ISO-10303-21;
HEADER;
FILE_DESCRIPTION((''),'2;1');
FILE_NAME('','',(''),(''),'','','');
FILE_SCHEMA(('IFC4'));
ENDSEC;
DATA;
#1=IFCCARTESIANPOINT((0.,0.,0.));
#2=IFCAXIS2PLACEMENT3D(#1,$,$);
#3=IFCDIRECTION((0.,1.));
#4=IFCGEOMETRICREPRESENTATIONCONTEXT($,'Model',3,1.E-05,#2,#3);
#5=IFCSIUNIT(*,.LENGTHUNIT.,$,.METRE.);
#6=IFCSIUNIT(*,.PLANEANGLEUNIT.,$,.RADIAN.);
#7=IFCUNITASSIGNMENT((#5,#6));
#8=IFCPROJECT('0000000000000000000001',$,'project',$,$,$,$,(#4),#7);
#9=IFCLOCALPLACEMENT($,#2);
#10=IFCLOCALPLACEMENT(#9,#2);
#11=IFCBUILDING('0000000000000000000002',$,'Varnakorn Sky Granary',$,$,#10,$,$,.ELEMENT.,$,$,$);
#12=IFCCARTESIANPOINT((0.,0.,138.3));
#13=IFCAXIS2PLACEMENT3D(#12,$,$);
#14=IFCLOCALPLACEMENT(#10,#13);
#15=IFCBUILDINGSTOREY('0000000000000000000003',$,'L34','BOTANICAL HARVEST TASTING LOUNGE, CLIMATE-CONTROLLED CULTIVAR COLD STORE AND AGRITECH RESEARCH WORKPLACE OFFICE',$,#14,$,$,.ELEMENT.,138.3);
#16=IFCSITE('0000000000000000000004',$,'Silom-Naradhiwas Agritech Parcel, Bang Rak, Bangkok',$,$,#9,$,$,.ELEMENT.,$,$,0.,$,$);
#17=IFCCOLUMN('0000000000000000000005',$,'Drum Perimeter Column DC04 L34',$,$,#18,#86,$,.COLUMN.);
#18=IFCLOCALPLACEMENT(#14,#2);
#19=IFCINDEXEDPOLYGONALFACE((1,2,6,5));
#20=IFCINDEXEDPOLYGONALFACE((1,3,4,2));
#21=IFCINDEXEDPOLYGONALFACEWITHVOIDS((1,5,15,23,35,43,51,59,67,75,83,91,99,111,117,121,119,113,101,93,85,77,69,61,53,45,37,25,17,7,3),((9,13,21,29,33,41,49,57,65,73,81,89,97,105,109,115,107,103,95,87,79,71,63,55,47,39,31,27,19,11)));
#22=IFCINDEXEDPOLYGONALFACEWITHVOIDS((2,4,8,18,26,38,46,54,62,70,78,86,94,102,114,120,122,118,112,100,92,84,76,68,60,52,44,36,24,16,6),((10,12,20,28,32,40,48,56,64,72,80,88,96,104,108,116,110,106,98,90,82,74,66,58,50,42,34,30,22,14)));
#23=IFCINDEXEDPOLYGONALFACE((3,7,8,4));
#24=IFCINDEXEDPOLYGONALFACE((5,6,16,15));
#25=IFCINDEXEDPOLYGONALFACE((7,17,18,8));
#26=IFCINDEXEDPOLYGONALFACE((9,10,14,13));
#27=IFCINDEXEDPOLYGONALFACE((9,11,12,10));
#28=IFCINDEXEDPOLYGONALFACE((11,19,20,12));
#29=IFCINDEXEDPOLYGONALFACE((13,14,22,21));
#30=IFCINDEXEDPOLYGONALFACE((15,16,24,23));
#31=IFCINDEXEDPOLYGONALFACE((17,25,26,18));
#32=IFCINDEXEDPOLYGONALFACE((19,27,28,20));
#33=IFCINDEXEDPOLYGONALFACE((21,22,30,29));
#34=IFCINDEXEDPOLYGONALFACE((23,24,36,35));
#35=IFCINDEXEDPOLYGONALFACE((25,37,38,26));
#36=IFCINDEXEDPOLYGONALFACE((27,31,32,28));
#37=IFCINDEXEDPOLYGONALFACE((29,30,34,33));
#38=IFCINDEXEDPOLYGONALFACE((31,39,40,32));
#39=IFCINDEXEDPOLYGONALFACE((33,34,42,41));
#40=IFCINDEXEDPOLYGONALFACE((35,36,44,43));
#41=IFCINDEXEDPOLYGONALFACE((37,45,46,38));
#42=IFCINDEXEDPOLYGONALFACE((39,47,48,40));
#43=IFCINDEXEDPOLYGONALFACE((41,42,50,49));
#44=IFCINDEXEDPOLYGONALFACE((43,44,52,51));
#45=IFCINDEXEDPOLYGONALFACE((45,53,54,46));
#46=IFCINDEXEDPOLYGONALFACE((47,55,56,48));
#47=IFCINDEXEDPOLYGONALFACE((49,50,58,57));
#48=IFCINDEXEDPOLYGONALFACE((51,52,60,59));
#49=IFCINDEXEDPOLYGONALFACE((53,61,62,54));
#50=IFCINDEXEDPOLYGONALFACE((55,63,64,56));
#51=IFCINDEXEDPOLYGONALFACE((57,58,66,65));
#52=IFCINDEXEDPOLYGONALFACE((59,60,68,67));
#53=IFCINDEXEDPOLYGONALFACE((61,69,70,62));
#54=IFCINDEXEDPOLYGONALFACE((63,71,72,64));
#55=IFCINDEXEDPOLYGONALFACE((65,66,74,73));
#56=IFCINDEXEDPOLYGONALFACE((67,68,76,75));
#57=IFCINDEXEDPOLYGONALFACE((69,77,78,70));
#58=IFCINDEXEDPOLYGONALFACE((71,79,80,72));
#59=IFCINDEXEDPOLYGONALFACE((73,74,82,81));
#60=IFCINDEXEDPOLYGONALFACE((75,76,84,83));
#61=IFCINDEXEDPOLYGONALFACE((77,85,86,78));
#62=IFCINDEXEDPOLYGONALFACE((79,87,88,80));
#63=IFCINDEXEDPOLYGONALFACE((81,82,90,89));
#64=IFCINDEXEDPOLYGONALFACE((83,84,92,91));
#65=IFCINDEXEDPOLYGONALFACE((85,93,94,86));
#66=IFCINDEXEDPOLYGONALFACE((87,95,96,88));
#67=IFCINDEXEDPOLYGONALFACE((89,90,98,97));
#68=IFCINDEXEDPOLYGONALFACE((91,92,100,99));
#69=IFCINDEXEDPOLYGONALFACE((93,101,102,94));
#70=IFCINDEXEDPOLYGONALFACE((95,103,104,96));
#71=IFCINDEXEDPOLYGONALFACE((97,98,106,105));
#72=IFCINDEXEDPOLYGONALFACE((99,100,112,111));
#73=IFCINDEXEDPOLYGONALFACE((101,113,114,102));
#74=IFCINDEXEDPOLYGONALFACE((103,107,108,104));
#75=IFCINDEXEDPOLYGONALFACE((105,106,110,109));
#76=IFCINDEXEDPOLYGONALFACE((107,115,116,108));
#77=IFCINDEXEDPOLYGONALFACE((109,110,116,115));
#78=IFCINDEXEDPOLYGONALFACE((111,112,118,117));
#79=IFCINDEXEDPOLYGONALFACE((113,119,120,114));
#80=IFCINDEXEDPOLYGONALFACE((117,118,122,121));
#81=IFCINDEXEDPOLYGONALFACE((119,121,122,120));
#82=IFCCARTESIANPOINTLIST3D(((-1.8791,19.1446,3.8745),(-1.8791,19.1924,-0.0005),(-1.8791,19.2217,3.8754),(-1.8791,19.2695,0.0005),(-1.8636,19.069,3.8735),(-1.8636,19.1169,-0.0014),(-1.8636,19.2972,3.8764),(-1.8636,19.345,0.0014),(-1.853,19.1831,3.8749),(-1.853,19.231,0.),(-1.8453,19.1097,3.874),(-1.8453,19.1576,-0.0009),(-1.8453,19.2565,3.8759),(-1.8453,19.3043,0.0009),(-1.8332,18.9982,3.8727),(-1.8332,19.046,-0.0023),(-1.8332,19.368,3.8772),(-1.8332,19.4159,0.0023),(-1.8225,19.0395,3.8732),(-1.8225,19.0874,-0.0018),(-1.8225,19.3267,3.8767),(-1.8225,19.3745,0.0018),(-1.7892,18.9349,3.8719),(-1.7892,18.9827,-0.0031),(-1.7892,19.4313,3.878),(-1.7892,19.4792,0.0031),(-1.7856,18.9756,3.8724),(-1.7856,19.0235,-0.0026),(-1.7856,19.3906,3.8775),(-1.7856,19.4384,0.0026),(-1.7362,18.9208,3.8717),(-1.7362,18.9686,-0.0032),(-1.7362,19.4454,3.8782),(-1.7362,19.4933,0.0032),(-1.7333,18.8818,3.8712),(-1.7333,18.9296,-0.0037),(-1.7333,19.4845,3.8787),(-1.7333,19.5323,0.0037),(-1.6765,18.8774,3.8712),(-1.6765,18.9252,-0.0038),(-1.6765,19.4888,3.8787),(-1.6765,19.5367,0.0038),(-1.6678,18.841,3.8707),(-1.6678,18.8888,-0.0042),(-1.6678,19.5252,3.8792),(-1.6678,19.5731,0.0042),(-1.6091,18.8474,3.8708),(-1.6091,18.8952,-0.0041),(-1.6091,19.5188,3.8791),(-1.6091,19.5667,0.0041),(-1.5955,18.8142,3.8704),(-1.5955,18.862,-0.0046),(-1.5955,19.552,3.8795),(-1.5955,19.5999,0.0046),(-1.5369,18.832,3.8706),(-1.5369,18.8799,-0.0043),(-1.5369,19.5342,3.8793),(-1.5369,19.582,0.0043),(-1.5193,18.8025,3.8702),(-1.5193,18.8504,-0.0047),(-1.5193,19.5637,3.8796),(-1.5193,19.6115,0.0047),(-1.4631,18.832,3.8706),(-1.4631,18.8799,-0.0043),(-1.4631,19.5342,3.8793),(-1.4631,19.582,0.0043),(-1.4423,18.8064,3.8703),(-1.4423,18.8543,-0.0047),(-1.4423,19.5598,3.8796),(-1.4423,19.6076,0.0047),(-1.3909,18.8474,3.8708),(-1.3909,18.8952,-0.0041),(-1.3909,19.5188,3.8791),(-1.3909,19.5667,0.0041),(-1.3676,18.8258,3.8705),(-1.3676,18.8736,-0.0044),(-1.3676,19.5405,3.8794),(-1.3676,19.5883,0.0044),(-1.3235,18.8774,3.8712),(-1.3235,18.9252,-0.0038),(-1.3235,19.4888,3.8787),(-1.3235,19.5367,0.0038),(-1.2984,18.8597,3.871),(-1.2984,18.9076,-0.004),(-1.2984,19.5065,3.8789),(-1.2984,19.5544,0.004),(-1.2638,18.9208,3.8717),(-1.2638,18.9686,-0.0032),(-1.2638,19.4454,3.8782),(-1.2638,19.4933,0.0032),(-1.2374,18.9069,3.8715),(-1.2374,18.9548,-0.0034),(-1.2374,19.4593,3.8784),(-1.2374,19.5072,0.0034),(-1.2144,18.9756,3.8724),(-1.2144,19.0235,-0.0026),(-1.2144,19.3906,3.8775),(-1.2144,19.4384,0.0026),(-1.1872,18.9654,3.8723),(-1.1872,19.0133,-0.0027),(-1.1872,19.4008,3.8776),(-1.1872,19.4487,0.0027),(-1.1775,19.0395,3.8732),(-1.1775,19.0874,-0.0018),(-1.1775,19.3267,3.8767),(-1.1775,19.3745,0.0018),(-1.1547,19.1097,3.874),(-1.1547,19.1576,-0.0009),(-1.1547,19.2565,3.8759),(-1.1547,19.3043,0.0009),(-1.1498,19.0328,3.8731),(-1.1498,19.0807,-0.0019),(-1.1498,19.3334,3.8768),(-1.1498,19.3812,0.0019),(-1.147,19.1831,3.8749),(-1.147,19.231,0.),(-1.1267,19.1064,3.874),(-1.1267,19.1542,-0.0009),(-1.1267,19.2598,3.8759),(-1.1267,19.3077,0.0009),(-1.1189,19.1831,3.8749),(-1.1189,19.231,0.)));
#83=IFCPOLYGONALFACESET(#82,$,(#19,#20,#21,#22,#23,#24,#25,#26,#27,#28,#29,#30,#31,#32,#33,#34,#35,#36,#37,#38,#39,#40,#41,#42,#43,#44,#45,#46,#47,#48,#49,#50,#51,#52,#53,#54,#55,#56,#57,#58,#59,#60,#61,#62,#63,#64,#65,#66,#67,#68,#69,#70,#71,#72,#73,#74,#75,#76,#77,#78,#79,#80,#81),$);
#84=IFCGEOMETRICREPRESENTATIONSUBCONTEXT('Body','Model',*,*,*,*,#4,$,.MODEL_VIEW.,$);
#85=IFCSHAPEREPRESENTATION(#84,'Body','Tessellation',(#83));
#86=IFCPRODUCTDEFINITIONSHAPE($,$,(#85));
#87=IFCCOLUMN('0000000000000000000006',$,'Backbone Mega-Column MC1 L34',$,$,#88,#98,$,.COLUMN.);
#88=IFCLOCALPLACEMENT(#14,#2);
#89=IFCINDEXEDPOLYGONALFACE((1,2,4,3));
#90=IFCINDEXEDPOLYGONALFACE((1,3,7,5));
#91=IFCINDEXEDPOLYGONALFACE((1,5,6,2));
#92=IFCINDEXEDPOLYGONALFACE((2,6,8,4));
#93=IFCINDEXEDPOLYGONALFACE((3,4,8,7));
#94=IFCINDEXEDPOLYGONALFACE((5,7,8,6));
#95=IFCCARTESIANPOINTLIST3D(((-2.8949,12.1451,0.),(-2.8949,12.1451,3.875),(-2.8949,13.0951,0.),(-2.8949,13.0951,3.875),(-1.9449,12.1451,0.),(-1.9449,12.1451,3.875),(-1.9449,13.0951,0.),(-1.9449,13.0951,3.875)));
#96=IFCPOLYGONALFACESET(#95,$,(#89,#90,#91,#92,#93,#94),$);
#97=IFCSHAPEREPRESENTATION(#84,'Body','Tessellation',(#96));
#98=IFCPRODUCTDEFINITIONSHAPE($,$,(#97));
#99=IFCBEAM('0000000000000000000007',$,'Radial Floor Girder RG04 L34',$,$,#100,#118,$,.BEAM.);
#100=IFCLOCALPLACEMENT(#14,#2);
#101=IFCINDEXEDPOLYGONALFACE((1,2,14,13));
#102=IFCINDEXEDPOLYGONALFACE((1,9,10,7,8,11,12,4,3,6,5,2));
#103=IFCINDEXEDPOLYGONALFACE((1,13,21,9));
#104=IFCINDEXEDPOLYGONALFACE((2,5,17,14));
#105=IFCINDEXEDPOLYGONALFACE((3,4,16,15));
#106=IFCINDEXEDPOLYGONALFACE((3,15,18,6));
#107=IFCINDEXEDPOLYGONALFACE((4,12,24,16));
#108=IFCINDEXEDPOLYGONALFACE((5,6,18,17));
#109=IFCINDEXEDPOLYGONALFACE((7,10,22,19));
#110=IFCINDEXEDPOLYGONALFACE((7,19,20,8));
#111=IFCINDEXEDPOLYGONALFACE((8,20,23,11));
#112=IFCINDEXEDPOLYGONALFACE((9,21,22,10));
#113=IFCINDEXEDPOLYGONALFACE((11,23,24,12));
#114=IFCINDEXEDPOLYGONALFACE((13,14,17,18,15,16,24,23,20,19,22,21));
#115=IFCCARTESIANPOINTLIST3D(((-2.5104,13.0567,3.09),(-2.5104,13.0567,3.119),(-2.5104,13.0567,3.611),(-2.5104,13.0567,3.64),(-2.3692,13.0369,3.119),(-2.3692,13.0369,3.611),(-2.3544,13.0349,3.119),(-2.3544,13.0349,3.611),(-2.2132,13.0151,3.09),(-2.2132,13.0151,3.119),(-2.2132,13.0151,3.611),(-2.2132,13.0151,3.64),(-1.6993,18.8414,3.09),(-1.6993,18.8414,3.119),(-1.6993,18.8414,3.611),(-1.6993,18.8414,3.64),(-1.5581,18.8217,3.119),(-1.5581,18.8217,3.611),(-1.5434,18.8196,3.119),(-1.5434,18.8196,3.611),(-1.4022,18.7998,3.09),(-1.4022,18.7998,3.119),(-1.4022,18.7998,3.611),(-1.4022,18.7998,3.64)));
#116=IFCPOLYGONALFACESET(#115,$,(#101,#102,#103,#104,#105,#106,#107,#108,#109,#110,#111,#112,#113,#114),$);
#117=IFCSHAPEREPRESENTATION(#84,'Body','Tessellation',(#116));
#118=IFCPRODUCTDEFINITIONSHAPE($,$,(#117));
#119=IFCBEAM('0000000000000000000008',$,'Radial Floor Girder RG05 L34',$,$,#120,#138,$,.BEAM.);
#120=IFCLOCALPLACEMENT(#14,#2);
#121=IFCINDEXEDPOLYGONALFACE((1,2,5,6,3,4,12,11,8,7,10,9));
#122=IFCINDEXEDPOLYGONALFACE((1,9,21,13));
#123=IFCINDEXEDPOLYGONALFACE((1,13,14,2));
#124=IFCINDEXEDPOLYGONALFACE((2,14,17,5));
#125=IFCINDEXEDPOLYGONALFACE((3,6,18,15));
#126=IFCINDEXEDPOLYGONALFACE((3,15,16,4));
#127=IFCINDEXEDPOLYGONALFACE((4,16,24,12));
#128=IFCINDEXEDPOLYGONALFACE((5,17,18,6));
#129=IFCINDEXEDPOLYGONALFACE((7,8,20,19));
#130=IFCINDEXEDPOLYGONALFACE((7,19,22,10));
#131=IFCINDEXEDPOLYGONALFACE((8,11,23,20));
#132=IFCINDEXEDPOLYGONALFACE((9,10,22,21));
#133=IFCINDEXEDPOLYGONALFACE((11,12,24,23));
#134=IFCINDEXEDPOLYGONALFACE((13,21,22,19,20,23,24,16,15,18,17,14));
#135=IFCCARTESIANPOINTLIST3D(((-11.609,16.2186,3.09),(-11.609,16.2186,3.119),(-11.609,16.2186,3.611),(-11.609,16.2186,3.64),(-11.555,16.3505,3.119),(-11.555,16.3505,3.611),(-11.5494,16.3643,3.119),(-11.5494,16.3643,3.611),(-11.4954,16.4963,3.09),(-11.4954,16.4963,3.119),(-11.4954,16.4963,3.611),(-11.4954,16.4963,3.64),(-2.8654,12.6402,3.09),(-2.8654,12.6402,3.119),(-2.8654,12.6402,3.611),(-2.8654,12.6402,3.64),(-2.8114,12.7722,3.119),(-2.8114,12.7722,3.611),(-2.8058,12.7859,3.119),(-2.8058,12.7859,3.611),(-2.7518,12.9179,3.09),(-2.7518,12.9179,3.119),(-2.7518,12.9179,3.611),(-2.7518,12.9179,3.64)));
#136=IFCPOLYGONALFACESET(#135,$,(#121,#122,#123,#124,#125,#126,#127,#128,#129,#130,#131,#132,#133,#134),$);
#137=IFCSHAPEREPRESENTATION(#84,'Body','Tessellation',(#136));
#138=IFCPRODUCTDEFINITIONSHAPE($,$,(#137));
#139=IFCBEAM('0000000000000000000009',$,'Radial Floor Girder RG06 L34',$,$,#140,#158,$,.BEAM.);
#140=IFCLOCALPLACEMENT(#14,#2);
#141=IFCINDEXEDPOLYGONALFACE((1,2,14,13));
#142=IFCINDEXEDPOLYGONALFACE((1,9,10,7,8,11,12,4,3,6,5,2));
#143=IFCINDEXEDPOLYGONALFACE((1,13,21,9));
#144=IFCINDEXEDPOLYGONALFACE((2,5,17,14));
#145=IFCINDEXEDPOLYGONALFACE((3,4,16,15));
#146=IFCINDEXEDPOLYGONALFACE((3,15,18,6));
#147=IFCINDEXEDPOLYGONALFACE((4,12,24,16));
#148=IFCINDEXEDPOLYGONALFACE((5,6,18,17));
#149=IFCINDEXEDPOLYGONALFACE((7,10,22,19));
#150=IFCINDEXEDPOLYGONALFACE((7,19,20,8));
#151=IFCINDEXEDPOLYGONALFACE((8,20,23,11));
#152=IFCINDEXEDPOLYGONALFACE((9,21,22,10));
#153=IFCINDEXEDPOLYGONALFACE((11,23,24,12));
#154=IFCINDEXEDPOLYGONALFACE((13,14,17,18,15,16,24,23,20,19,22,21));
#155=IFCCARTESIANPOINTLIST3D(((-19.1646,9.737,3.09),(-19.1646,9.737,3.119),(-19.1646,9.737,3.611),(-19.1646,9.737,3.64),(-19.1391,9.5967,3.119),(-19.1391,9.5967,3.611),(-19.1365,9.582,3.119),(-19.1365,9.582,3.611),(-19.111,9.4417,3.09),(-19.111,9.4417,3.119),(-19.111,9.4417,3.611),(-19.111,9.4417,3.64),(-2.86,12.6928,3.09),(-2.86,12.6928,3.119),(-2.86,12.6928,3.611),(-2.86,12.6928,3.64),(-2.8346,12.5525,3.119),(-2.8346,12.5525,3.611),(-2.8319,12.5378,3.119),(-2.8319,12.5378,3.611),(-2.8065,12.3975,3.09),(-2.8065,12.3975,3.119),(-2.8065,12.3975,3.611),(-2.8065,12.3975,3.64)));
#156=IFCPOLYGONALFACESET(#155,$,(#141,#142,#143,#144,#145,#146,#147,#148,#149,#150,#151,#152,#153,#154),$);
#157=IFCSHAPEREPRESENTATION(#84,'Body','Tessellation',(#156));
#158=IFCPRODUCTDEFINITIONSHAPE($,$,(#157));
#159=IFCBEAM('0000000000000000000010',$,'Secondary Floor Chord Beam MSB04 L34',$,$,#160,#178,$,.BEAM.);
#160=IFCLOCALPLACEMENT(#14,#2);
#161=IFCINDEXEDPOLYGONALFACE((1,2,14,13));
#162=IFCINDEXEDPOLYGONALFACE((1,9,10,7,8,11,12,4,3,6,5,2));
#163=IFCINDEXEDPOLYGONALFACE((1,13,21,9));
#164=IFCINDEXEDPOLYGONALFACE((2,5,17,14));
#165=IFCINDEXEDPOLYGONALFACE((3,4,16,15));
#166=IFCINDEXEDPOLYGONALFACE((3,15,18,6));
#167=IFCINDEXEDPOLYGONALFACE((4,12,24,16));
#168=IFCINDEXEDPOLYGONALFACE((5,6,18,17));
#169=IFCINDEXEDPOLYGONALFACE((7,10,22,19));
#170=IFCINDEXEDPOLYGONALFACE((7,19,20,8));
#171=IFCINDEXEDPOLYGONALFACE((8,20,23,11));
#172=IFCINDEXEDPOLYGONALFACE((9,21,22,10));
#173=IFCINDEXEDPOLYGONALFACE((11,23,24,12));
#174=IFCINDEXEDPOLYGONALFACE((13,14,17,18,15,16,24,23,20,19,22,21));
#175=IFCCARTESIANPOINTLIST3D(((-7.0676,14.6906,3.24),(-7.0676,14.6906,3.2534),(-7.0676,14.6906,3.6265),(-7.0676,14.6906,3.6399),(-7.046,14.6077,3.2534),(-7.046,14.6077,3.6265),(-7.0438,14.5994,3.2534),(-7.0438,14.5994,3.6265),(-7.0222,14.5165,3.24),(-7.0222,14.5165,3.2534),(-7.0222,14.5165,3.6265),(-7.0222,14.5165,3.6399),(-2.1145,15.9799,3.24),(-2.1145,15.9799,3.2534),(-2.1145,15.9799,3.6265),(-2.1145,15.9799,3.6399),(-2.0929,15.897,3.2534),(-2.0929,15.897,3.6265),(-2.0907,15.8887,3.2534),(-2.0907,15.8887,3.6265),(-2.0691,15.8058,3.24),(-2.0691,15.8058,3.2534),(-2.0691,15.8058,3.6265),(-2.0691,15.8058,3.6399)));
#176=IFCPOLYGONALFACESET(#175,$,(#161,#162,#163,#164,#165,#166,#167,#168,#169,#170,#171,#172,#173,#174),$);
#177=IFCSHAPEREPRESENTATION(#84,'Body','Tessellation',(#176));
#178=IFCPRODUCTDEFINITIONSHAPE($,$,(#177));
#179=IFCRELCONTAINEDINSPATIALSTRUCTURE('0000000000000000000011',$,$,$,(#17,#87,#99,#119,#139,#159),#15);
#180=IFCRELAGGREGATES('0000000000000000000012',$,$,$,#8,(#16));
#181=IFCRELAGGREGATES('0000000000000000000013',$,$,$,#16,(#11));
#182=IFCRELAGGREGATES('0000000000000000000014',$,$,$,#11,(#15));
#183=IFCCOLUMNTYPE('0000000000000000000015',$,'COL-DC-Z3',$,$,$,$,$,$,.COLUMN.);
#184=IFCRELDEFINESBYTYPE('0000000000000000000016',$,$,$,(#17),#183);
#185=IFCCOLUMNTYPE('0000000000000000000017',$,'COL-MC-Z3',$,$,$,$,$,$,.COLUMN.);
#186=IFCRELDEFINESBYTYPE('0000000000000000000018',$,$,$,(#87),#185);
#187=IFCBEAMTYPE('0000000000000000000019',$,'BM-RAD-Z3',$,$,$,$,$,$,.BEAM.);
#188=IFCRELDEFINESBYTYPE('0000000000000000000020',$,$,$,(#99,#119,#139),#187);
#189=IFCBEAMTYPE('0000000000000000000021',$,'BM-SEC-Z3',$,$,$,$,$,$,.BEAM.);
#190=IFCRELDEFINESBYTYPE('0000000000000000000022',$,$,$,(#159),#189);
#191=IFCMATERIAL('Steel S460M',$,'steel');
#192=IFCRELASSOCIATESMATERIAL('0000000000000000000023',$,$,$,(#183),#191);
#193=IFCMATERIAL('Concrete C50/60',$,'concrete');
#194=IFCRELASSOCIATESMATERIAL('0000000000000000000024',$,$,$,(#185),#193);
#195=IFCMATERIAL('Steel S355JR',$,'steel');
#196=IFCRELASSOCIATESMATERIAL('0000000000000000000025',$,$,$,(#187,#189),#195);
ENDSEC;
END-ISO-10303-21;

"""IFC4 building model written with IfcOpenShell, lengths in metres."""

from ifc_helpers import new_model, si_unit, direction, frame, origin, origin_2d, place, context, subcontext, project, spatial, rectangle, hollow_circle, i_section, extrude, material, material_profile, profile_set, type_object, element, save


model = new_model("IFC4")

# Units and contexts
model_context = context("Model", 3, precision=1e-05, world=origin(), true_north=direction((0.0, 1.0)))
body_context = subcontext(model_context, "Body", "Model", "MODEL_VIEW")
ifc_project = project(units=[si_unit("LENGTHUNIT", "METRE"), si_unit("PLANEANGLEUNIT", "RADIAN")], contexts=[model_context])

# Site, building, storey
site_placement = place(None, origin())
site = spatial("IfcSite", under=ifc_project, at=site_placement, Name="Silom-Naradhiwas Agritech Parcel, Bang Rak, Bangkok", CompositionType="ELEMENT", RefElevation=0.0)
building_placement = place(site_placement, origin())
building = spatial("IfcBuilding", under=site, at=building_placement, Name="Varnakorn Sky Granary", CompositionType="ELEMENT")
storey_placement = place(building_placement, frame((0.0, 0.0, 138.3)))
storey = spatial("IfcBuildingStorey", under=building, at=storey_placement, Name="L34", Description="BOTANICAL HARVEST TASTING LOUNGE, CLIMATE-CONTROLLED CULTIVAR COLD STORE AND AGRITECH RESEARCH WORKPLACE OFFICE", CompositionType="ELEMENT", Elevation=138.3)

# Columns
ifc_material_1 = material(Name="Steel S460M", Category="steel")
ifc_material_profile_1 = material_profile(ifc_material_1, hollow_circle(Radius=0.3811, WallThickness=0.0281, at=origin_2d()), Name="CHS 762x28")
ifc_profile_set_1 = profile_set([ifc_material_profile_1], Name="Steel S460M")
column_type_1 = type_object("IfcColumnType", Name="COL-DC-Z3", PredefinedType="COLUMN", material=ifc_profile_set_1)
column_1_placement = place(storey_placement, frame((-1.5, 19.231, 0.0), z_axis=(0.0, -0.012348, 0.999924), x_axis=(1.0, 0.0, 0.0)))
element("IfcColumn", 1, at=column_1_placement, inside=storey, type_object=column_type_1, Name="Drum Perimeter Column DC04 L34", PredefinedType="COLUMN", context=body_context, shape_type="SweptSolid", body=[
    extrude(hollow_circle(Radius=0.3811, WallThickness=0.0281, at=origin_2d()), origin(), (0.0, 0.0, 1.0), 3.8752),
])
ifc_material_2 = material(Name="Concrete C50/60", Category="concrete")
ifc_material_profile_2 = material_profile(ifc_material_2, rectangle(XDim=0.95, YDim=0.95, at=origin_2d()), Name="RC 950x950")
ifc_profile_set_2 = profile_set([ifc_material_profile_2], Name="Concrete C50/60")
column_type_2 = type_object("IfcColumnType", Name="COL-MC-Z3", PredefinedType="COLUMN", material=ifc_profile_set_2)
column_2_placement = place(storey_placement, frame((-2.4199, 12.6201, 0.0), z_axis=(0.0, 0.0, 1.0), x_axis=(1.0, 0.0, 0.0)))
element("IfcColumn", 2, at=column_2_placement, inside=storey, type_object=column_type_2, Name="Backbone Mega-Column MC1 L34", PredefinedType="COLUMN", context=body_context, shape_type="SweptSolid", body=[
    extrude(rectangle(XDim=0.95, YDim=0.95, at=origin_2d()), origin(), (0.0, 0.0, 1.0), 3.875),
])

# Beams
ifc_material_3 = material(Name="Steel S355JR", Category="steel")
ifc_material_profile_3 = material_profile(ifc_material_3, i_section(OverallWidth=0.3, OverallDepth=0.55, WebThickness=0.0149, FlangeThickness=0.0291, at=origin_2d()), Name="HE 550 B")
ifc_profile_set_3 = profile_set([ifc_material_profile_3], Name="Steel S355JR")
beam_type_1 = type_object("IfcBeamType", Name="BM-RAD-Z3", PredefinedType="BEAM", material=ifc_profile_set_3)
beam_1_placement = place(storey_placement, frame((-2.3618, 13.0359, 3.365), z_axis=(0.138846, 0.990314, 0.0), x_axis=(-0.990314, 0.138846, 0.0)))
element("IfcBeam", 3, at=beam_1_placement, inside=storey, type_object=beam_type_1, Name="Radial Floor Girder RG04 L34", PredefinedType="BEAM", context=body_context, shape_type="SweptSolid", body=[
    extrude(i_section(OverallWidth=0.3, OverallDepth=0.55, WebThickness=0.0149, FlangeThickness=0.0291, at=origin_2d()), origin(), (0.0, 0.0, 1.0), 5.8413),
])
beam_2_placement = place(storey_placement, frame((-2.8086, 12.7791, 3.365), z_axis=(-0.925494, 0.378762, 0.0), x_axis=(-0.378762, -0.925494, 0.0)))
element("IfcBeam", 4, at=beam_2_placement, inside=storey, type_object=beam_type_1, Name="Radial Floor Girder RG05 L34", PredefinedType="BEAM", context=body_context, shape_type="SweptSolid", body=[
    extrude(i_section(OverallWidth=0.3, OverallDepth=0.55, WebThickness=0.0149, FlangeThickness=0.0291, at=origin_2d()), origin(), (0.0, 0.0, 1.0), 9.4475),
])
beam_3_placement = place(storey_placement, frame((-2.8333, 12.5452, 3.365), z_axis=(-0.983961, -0.178381, 0.0), x_axis=(0.178381, -0.983961, 0.0)))
element("IfcBeam", 5, at=beam_3_placement, inside=storey, type_object=beam_type_1, Name="Radial Floor Girder RG06 L34", PredefinedType="BEAM", context=body_context, shape_type="SweptSolid", body=[
    extrude(i_section(OverallWidth=0.3, OverallDepth=0.55, WebThickness=0.0149, FlangeThickness=0.0291, at=origin_2d()), origin(), (0.0, 0.0, 1.0), 16.5703),
])
ifc_material_profile_4 = material_profile(ifc_material_3, i_section(OverallWidth=0.1799, OverallDepth=0.3999, WebThickness=0.0085, FlangeThickness=0.0134, at=origin_2d()), Name="IPE 400")
ifc_profile_set_4 = profile_set([ifc_material_profile_4], Name="Steel S355JR")
beam_type_2 = type_object("IfcBeamType", Name="BM-SEC-Z3", PredefinedType="BEAM", material=ifc_profile_set_4)
beam_4_placement = place(storey_placement, frame((-2.0918, 15.8928, 3.4399), z_axis=(-0.967751, -0.251907, 0.0), x_axis=(0.251907, -0.967751, 0.0)))
element("IfcBeam", 6, at=beam_4_placement, inside=storey, type_object=beam_type_2, Name="Secondary Floor Chord Beam MSB04 L34", PredefinedType="BEAM", context=body_context, shape_type="SweptSolid", body=[
    extrude(i_section(OverallWidth=0.1799, OverallDepth=0.3999, WebThickness=0.0085, FlangeThickness=0.0134, at=origin_2d()), origin(), (0.0, 0.0, 1.0), 5.1182),
])

save(model, "model.ifc")
